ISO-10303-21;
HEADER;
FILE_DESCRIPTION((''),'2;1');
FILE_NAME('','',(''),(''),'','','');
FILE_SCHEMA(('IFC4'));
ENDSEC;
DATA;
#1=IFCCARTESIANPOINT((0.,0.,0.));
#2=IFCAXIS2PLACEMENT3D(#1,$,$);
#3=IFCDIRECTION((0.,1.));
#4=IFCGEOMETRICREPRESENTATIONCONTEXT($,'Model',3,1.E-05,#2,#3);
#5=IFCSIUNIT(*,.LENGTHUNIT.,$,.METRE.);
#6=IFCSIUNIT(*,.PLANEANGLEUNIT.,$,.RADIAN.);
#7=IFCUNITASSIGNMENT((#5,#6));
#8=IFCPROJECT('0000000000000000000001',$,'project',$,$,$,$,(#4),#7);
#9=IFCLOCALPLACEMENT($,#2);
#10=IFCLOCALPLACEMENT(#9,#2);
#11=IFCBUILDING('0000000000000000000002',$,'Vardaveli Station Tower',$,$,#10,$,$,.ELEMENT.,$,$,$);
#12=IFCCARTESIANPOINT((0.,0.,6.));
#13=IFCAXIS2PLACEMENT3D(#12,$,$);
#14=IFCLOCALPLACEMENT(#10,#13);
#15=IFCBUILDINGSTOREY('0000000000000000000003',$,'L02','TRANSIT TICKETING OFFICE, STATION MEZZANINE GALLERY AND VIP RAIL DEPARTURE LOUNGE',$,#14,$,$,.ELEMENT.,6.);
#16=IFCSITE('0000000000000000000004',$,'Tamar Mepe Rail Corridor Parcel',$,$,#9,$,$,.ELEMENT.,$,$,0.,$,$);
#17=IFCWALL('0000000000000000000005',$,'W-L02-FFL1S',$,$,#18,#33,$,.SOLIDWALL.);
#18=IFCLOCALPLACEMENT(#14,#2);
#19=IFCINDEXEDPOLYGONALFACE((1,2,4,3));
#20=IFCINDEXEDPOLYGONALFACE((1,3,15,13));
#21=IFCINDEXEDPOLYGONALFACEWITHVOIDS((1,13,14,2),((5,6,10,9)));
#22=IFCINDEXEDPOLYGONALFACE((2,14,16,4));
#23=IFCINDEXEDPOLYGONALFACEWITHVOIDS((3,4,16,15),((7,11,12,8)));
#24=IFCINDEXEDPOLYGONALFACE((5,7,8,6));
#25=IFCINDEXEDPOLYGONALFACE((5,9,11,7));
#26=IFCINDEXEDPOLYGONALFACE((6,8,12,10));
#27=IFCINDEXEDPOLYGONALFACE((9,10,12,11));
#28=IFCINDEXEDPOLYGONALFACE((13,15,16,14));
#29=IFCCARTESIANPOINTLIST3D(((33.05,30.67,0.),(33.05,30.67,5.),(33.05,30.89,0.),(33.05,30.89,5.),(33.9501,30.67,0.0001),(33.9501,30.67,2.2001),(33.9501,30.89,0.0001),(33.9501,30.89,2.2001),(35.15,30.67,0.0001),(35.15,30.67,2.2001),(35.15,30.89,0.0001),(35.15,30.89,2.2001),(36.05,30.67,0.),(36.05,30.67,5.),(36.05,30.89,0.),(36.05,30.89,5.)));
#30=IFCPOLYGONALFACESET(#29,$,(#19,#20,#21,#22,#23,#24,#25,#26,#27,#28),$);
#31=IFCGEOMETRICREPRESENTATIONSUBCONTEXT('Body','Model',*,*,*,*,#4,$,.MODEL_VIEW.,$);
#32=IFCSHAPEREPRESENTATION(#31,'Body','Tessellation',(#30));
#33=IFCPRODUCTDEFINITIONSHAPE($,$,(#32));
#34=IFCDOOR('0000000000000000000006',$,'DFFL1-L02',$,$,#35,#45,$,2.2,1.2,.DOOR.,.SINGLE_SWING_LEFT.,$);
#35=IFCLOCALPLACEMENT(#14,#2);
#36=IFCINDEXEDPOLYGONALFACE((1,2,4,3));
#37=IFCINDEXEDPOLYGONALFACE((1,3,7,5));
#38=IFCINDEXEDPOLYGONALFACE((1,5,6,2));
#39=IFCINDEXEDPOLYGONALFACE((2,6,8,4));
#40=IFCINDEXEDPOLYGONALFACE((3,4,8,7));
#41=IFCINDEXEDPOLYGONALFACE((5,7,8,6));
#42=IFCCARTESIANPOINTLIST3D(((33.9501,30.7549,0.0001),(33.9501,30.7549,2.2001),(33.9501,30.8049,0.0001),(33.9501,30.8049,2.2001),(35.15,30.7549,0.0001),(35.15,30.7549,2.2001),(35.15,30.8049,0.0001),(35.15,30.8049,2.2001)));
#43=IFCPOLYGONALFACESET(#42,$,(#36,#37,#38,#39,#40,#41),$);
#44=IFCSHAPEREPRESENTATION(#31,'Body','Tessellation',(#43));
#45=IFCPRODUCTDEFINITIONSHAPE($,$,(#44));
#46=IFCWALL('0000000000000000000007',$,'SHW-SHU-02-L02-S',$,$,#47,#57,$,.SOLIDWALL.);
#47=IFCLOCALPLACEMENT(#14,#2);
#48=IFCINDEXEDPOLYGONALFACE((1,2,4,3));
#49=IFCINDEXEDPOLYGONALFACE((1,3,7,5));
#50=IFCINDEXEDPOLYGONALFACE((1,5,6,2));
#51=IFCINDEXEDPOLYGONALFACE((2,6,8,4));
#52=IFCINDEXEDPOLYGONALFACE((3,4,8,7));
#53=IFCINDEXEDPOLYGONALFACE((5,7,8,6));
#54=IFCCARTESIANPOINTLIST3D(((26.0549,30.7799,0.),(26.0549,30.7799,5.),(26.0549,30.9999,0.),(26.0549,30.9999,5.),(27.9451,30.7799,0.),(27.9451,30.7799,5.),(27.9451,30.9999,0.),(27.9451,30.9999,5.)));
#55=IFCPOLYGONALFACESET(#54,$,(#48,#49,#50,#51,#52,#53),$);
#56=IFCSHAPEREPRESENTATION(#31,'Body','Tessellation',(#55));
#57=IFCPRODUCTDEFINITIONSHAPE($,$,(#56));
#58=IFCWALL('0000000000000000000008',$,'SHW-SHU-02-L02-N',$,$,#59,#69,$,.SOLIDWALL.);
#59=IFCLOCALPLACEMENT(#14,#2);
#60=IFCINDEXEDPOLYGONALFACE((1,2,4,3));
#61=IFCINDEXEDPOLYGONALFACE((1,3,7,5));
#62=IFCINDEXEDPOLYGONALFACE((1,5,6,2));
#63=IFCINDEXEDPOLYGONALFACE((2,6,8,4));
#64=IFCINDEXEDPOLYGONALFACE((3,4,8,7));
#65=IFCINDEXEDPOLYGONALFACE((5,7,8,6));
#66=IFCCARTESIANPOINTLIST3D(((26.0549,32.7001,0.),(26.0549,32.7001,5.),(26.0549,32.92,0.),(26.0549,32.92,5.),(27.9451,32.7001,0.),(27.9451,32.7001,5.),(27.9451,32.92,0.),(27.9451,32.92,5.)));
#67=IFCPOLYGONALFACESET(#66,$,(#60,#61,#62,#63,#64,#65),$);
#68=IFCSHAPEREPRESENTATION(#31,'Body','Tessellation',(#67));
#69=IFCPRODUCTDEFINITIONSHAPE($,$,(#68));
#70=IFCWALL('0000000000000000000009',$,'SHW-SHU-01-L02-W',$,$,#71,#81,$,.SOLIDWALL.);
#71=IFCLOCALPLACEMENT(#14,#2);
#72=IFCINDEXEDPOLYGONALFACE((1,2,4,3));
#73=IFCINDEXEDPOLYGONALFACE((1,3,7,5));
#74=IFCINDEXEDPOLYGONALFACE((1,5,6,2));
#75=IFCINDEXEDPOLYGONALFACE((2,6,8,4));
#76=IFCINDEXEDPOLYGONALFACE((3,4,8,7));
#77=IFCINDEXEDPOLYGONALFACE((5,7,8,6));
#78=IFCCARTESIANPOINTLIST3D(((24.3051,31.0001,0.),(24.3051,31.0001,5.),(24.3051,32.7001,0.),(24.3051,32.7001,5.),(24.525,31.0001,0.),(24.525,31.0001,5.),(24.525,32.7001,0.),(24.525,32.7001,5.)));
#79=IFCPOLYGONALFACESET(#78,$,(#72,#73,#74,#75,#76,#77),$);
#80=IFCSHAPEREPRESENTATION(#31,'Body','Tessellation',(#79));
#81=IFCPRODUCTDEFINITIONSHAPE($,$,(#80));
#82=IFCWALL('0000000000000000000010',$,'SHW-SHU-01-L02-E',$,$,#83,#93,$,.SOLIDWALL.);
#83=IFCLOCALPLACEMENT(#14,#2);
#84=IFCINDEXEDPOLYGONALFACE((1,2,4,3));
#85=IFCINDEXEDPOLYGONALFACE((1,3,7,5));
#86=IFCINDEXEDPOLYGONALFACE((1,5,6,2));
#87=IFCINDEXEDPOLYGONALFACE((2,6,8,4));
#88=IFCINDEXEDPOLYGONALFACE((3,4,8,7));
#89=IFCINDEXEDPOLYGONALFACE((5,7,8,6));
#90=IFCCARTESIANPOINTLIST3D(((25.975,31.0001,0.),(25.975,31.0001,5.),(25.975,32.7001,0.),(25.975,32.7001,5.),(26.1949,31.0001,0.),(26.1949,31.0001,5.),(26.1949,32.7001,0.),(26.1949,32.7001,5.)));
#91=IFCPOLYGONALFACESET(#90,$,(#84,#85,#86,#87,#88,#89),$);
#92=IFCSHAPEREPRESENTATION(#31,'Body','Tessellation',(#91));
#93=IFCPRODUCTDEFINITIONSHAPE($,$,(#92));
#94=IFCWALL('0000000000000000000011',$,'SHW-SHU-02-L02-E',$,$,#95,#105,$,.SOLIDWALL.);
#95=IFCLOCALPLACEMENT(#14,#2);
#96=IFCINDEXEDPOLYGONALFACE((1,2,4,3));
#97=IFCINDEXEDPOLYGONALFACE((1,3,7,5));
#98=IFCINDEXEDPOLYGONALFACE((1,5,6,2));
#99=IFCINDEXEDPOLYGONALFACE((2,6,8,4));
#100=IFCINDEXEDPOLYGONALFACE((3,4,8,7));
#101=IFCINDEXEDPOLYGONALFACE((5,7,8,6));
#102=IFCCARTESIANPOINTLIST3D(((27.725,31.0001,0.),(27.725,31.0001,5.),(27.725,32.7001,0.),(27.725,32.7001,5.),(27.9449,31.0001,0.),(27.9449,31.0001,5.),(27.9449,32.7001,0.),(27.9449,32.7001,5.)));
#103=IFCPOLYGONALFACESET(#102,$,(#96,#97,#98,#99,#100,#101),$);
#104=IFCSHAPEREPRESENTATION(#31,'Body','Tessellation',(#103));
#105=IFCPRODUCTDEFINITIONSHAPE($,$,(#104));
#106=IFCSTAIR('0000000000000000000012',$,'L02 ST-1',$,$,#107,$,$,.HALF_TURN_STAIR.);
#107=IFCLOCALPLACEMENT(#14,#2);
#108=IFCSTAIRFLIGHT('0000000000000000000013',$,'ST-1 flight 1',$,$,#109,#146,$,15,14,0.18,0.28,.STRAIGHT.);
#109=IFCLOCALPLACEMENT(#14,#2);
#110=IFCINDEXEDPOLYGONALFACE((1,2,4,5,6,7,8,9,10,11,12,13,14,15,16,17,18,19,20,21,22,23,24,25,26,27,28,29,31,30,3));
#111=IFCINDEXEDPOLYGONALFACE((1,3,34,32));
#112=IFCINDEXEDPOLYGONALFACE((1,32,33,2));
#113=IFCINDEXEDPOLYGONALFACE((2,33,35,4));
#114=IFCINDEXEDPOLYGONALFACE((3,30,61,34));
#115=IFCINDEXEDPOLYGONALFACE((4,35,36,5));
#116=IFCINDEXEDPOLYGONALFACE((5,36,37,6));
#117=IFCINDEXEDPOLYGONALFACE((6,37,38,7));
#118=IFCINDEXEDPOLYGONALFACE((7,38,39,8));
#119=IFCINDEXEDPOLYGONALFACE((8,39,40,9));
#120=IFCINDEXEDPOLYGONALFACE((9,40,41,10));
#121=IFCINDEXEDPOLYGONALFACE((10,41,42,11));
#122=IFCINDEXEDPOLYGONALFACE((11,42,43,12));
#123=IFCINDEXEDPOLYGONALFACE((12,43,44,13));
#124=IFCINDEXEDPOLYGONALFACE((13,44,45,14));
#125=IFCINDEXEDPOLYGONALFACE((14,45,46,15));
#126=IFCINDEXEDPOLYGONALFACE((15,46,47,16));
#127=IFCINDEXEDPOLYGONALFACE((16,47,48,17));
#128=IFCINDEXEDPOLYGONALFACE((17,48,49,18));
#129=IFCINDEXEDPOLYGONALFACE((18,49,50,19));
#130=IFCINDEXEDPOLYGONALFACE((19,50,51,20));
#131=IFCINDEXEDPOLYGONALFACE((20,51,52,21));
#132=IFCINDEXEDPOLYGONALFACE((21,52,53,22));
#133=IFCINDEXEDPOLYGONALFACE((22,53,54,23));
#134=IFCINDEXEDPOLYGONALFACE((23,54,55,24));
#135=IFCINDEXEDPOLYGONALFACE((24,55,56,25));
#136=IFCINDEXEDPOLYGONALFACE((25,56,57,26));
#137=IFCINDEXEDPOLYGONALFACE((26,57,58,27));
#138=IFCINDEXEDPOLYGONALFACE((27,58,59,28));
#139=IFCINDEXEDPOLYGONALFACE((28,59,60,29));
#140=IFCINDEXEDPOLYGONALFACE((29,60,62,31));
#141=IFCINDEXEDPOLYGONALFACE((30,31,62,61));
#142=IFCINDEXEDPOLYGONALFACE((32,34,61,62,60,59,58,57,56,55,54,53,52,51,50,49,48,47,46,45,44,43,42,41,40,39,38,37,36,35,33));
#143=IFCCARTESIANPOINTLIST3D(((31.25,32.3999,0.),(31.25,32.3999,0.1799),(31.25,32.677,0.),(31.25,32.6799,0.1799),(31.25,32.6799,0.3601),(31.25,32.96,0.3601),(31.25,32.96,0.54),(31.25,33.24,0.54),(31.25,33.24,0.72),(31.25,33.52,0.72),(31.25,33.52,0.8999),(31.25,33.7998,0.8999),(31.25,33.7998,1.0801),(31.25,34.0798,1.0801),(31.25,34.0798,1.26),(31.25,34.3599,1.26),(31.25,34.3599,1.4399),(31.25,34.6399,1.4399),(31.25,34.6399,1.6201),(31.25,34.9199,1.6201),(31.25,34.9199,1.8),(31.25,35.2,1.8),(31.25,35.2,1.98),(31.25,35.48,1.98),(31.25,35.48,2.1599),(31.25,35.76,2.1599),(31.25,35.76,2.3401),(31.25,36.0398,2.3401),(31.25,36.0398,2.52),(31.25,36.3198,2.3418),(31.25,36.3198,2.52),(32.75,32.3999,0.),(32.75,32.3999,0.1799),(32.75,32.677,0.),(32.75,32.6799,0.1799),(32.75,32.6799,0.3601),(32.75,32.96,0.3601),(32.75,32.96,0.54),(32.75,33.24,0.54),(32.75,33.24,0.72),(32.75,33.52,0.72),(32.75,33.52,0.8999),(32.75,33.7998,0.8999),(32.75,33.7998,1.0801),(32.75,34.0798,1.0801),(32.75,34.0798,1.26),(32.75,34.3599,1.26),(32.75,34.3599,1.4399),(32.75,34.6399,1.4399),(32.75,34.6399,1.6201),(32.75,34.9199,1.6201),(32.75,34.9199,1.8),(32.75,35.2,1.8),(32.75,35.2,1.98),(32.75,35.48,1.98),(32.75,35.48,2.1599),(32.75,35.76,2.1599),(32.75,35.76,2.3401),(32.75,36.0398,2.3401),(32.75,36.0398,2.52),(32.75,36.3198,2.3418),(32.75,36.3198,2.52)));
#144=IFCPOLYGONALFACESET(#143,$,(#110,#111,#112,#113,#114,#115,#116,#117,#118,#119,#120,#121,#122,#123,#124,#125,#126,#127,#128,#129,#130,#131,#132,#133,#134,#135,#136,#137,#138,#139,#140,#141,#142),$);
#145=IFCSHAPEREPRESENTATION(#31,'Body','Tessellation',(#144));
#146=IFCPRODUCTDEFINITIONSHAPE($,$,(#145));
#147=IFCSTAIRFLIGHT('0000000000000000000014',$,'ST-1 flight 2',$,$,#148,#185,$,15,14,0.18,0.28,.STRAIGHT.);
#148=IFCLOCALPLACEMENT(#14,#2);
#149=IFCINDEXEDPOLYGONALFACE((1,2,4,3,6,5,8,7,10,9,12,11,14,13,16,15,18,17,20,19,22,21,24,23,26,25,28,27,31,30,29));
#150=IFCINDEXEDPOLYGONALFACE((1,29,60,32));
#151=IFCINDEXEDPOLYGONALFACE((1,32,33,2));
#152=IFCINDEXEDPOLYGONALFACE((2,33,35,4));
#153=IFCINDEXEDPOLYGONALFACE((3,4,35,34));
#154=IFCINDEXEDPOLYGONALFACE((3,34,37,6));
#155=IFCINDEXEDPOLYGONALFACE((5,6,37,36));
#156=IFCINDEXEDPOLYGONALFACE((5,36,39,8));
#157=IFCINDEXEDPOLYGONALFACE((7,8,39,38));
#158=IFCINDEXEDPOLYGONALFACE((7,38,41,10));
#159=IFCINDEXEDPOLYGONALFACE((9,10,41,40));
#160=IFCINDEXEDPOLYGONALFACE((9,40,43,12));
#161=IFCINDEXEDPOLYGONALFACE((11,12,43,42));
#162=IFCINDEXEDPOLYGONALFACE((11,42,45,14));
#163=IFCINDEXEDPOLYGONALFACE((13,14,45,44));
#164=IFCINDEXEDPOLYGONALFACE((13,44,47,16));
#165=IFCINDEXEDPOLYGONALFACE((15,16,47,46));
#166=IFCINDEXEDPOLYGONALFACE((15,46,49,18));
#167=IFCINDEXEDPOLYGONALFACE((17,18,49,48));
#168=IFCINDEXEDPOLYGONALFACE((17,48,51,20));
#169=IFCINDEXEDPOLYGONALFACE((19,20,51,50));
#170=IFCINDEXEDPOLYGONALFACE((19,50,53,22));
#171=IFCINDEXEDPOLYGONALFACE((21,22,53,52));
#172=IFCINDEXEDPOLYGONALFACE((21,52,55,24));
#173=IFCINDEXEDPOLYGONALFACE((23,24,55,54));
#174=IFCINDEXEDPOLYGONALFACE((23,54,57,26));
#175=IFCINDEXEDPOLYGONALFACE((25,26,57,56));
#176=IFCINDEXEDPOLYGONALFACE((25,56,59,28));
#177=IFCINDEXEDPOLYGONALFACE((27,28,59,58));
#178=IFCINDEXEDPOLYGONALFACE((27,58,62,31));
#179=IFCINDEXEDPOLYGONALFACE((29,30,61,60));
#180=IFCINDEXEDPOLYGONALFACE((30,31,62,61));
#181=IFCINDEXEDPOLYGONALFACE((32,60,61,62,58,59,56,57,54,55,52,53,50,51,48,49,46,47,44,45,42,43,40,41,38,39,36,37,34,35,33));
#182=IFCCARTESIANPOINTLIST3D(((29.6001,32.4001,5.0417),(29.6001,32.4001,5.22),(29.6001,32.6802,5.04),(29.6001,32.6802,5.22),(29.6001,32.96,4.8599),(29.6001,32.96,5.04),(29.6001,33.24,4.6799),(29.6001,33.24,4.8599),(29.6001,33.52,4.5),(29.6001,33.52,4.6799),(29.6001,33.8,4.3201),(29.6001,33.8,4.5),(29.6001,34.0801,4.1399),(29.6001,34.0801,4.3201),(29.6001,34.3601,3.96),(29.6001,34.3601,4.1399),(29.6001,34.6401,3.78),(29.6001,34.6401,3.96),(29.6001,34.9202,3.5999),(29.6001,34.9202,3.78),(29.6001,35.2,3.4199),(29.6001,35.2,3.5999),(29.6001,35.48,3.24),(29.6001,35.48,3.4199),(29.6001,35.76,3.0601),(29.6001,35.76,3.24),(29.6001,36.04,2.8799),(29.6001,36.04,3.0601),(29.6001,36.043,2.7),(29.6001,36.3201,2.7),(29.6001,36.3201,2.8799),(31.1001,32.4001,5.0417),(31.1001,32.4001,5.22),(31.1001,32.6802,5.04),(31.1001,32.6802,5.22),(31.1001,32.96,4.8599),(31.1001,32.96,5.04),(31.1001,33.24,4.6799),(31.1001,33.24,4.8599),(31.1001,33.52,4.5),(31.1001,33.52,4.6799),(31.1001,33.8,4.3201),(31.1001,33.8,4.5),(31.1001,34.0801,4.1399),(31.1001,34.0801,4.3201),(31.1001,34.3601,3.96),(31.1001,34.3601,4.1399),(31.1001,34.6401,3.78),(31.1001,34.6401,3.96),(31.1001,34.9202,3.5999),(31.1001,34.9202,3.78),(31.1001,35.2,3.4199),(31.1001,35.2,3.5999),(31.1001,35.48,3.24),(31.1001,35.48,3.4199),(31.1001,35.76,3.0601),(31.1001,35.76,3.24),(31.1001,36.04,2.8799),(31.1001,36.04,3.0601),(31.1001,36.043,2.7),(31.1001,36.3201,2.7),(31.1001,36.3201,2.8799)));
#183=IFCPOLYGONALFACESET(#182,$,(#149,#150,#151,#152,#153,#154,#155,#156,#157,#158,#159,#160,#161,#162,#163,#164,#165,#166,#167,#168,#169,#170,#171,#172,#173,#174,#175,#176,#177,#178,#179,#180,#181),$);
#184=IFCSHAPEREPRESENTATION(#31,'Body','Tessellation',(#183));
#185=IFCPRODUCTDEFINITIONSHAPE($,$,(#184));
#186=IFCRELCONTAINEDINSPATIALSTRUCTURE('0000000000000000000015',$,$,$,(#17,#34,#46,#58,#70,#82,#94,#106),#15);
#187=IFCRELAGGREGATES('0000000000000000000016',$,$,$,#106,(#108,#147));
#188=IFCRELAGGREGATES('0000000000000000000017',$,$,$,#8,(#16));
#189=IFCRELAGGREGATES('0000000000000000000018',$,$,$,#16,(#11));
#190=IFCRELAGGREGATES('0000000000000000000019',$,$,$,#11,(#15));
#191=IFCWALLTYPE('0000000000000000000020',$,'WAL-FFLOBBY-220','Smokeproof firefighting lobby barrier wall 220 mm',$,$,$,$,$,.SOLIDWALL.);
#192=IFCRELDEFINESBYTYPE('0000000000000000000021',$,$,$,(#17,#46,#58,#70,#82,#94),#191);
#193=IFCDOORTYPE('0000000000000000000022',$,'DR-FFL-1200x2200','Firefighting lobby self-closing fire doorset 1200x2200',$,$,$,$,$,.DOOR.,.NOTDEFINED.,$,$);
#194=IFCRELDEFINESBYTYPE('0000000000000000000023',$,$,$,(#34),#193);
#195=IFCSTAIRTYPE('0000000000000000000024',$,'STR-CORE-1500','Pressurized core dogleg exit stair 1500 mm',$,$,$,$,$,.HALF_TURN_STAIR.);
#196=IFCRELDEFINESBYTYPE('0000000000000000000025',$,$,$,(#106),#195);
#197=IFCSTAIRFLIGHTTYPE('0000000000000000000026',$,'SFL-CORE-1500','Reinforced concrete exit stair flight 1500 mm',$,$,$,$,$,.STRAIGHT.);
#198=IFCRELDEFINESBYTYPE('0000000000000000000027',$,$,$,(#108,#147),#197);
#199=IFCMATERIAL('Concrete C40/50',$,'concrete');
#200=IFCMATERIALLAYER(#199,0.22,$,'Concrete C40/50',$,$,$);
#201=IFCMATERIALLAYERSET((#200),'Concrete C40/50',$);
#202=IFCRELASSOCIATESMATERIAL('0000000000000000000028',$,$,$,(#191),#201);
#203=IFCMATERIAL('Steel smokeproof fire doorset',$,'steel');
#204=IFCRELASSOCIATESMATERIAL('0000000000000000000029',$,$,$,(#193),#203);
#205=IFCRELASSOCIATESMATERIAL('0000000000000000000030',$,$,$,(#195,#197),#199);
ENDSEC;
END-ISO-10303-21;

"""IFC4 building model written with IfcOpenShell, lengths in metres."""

from ifc_helpers import new_model, si_unit, direction, frame, frame_2d, origin, place, context, subcontext, project, spatial, polyline, rectangle, outline, extrude, source, transform, mapped, material, layer, layer_set, type_object, element, fill, aggregate, save


model = new_model("IFC4")

# Units and contexts
model_context = context("Model", 3, precision=1e-05, world=origin(), true_north=direction((0.0, 1.0)))
body_context = subcontext(model_context, "Body", "Model", "MODEL_VIEW")
ifc_project = project(units=[si_unit("LENGTHUNIT", "METRE"), si_unit("PLANEANGLEUNIT", "RADIAN")], contexts=[model_context])

# Site, building, storey
site_placement = place(None, origin())
site = spatial("IfcSite", under=ifc_project, at=site_placement, Name="Tamar Mepe Rail Corridor Parcel", CompositionType="ELEMENT", RefElevation=0.0)
building_placement = place(site_placement, origin())
building = spatial("IfcBuilding", under=site, at=building_placement, Name="Vardaveli Station Tower", CompositionType="ELEMENT")
storey_placement = place(building_placement, frame((0.0, 0.0, 6.0)))
storey = spatial("IfcBuildingStorey", under=building, at=storey_placement, Name="L02", Description="TRANSIT TICKETING OFFICE, STATION MEZZANINE GALLERY AND VIP RAIL DEPARTURE LOUNGE", CompositionType="ELEMENT", Elevation=6.0)

# Shared definitions
ifc_material_1 = material(Name="Concrete C40/50", Category="concrete")

# Wall, opening, door
ifc_material_2 = material(Name="Steel smokeproof fire doorset", Category="steel")
ifc_layer_1 = layer(ifc_material_1, 0.22, Name="Concrete C40/50")
ifc_layer_set_1 = layer_set([ifc_layer_1], Name="Concrete C40/50")
wall_type_1 = type_object("IfcWallType", Name="WAL-FFLOBBY-220", Description="Smokeproof firefighting lobby barrier wall 220 mm", PredefinedType="SOLIDWALL", material=ifc_layer_set_1)
shared_shape_1 = source(origin(), body_context, "Body", "SweptSolid", [
    extrude(rectangle(XDim=3.0, YDim=0.22, at=frame_2d((1.5, 0.0))), origin(), (0.0, 0.0, 1.0), 5.0),
])
wall_1_placement = place(storey_placement, frame((33.05, 30.78, 0.0), z_axis=(0.0, 0.0, 1.0), x_axis=(1.0, 0.0, 0.0)))
wall_1 = element("IfcWall", 1, at=wall_1_placement, inside=storey, type_object=wall_type_1, Name="W-L02-FFL1S", PredefinedType="SOLIDWALL", context=body_context, shape_type="MappedRepresentation", body=[
    mapped(shared_shape_1, transform((0.0, 0.0, 0.0), scale=1.0)),
])
shared_shape_2 = source(origin(), body_context, "Body", "SweptSolid", [
    extrude(rectangle(XDim=1.2, YDim=2.2, at=frame_2d((0.6001, 1.1001))), frame((0.0, 0.1201, 0.0), z_axis=(0.0, -1.0, 0.0), x_axis=(1.0, 0.0, 0.0)), (0.0, 0.0, 1.0), 0.24),
])
opening_1_placement = place(wall_1_placement, frame((0.8999, 0.0, 0.0)))
opening_1 = element("IfcOpeningElement", 2, at=opening_1_placement, cuts=wall_1, PredefinedType="OPENING", context=body_context, shape_type="MappedRepresentation", body=[
    mapped(shared_shape_2, transform((0.0, 0.0, 0.0), scale=1.0)),
])
door_type_1 = type_object("IfcDoorType", Name="DR-FFL-1200x2200", Description="Firefighting lobby self-closing fire doorset 1200x2200", OperationType="NOTDEFINED", PredefinedType="DOOR", material=ifc_material_2)
shared_shape_3 = source(origin(), body_context, "Body", "SweptSolid", [
    extrude(rectangle(XDim=1.2, YDim=2.2, at=frame_2d((0.6001, 1.1001))), frame((0.0, 0.0249, 0.0), z_axis=(0.0, -1.0, 0.0), x_axis=(1.0, 0.0, 0.0)), (0.0, 0.0, 1.0), 0.05),
])
door_1_placement = place(opening_1_placement, origin())
door_1 = element("IfcDoor", 3, at=door_1_placement, inside=storey, type_object=door_type_1, Name="DFFL1-L02", OperationType="SINGLE_SWING_LEFT", OverallHeight=2.2, OverallWidth=1.2, PredefinedType="DOOR", context=body_context, shape_type="MappedRepresentation", body=[
    mapped(shared_shape_3, transform((0.0, 0.0, 0.0), scale=1.0)),
])
fill(opening_1, door_1)

# Walls
shared_shape_4 = source(origin(), body_context, "Body", "SweptSolid", [
    extrude(rectangle(XDim=1.8901, YDim=0.22, at=frame_2d((0.9451, 0.0))), origin(), (0.0, 0.0, 1.0), 5.0),
])
for number, where, z_axis, x_axis, name in (
    (4, (26.0549, 30.8899, 0.0), (0.0, 0.0, 1.0), (1.0, 0.0, 0.0), "SHW-SHU-02-L02-S"),
    (5, (26.0549, 32.8101, 0.0), (0.0, 0.0, 1.0), (1.0, 0.0, 0.0), "SHW-SHU-02-L02-N"),
):
    element("IfcWall", number, at=place(storey_placement, frame(where, z_axis=z_axis, x_axis=x_axis)), inside=storey, type_object=wall_type_1, Name=name, PredefinedType="SOLIDWALL", context=body_context, shape_type="MappedRepresentation", body=[
        mapped(shared_shape_4, transform((0.0, 0.0, 0.0), scale=1.0)),
    ])
shared_shape_5 = source(origin(), body_context, "Body", "SweptSolid", [
    extrude(rectangle(XDim=1.7, YDim=0.22, at=frame_2d((0.8501, 0.0))), origin(), (0.0, 0.0, 1.0), 5.0),
])
for number, where, z_axis, x_axis, name in (
    (6, (24.415, 31.0, 0.0), (0.0, 0.0, 1.0), (0.0, 1.0, 0.0), "SHW-SHU-01-L02-W"),
    (7, (26.085, 31.0, 0.0), (0.0, 0.0, 1.0), (0.0, 1.0, 0.0), "SHW-SHU-01-L02-E"),
    (8, (27.835, 31.0, 0.0), (0.0, 0.0, 1.0), (0.0, 1.0, 0.0), "SHW-SHU-02-L02-E"),
):
    element("IfcWall", number, at=place(storey_placement, frame(where, z_axis=z_axis, x_axis=x_axis)), inside=storey, type_object=wall_type_1, Name=name, PredefinedType="SOLIDWALL", context=body_context, shape_type="MappedRepresentation", body=[
        mapped(shared_shape_5, transform((0.0, 0.0, 0.0), scale=1.0)),
    ])

# Stair, stair flights
stair_type = type_object("IfcStairType", Name="STR-CORE-1500", Description="Pressurized core dogleg exit stair 1500 mm", PredefinedType="HALF_TURN_STAIR", material=ifc_material_1)
stair_1_placement = place(storey_placement, origin())
stair_1 = element("IfcStair", 9, at=stair_1_placement, inside=storey, type_object=stair_type, Name="L02 ST-1", PredefinedType="HALF_TURN_STAIR")
stair_flight_type = type_object("IfcStairFlightType", Name="SFL-CORE-1500", Description="Reinforced concrete exit stair flight 1500 mm", PredefinedType="STRAIGHT", material=ifc_material_1)
shared_shape_6 = source(origin(), body_context, "Body", "SweptSolid", [
    extrude(outline(polyline([(0.0, 0.0), (0.0, 0.1799), (0.28, 0.1799), (0.28, 0.3601), (0.5601, 0.3601), (0.5601, 0.54), (0.8401, 0.54), (0.8401, 0.72), (1.1201, 0.72), (1.1201, 0.8999), (1.3999, 0.8999), (1.3999, 1.0801), (1.6799, 1.0801), (1.6799, 1.26), (1.96, 1.26), (1.96, 1.4399), (2.24, 1.4399), (2.24, 1.6201), (2.52, 1.6201), (2.52, 1.8), (2.8, 1.8), (2.8, 1.98), (3.0801, 1.98), (3.0801, 2.1599), (3.3601, 2.1599), (3.3601, 2.3401), (3.6399, 2.3401), (3.6399, 2.52), (3.9199, 2.52), (3.9199, 2.7), (3.9199, 2.3418), (0.2771, 0.0), (0.0, 0.0)])), frame((0.0, 0.75, 0.0), z_axis=(0.0, -1.0, 0.0), x_axis=(1.0, 0.0, 0.0)), (0.0, 0.0, 1.0), 1.5),
])
stair_flight_1_placement = place(storey_placement, frame((32.0, 32.3999, 0.0), z_axis=(0.0, 0.0, 1.0), x_axis=(0.0, 1.0, 0.0)))
stair_flight_1 = element("IfcStairFlight", 10, at=stair_flight_1_placement, type_object=stair_flight_type, Name="ST-1 flight 1", NumberOfRisers=15, NumberOfTreads=14, PredefinedType="STRAIGHT", RiserHeight=0.18, TreadLength=0.28, context=body_context, shape_type="MappedRepresentation", body=[
    mapped(shared_shape_6, transform((0.0, 0.0, 0.0), scale=1.0)),
])
stair_flight_2_placement = place(storey_placement, frame((30.3501, 36.3201, 2.7), z_axis=(0.0, 0.0, 1.0), x_axis=(0.0, -1.0, 0.0)))
stair_flight_2 = element("IfcStairFlight", 11, at=stair_flight_2_placement, type_object=stair_flight_type, Name="ST-1 flight 2", NumberOfRisers=15, NumberOfTreads=14, PredefinedType="STRAIGHT", RiserHeight=0.18, TreadLength=0.28, context=body_context, shape_type="MappedRepresentation", body=[
    mapped(shared_shape_6, transform((0.0, 0.0, 0.0), scale=1.0)),
])
aggregate(stair_1, [stair_flight_1, stair_flight_2])

save(model, "model.ifc")
